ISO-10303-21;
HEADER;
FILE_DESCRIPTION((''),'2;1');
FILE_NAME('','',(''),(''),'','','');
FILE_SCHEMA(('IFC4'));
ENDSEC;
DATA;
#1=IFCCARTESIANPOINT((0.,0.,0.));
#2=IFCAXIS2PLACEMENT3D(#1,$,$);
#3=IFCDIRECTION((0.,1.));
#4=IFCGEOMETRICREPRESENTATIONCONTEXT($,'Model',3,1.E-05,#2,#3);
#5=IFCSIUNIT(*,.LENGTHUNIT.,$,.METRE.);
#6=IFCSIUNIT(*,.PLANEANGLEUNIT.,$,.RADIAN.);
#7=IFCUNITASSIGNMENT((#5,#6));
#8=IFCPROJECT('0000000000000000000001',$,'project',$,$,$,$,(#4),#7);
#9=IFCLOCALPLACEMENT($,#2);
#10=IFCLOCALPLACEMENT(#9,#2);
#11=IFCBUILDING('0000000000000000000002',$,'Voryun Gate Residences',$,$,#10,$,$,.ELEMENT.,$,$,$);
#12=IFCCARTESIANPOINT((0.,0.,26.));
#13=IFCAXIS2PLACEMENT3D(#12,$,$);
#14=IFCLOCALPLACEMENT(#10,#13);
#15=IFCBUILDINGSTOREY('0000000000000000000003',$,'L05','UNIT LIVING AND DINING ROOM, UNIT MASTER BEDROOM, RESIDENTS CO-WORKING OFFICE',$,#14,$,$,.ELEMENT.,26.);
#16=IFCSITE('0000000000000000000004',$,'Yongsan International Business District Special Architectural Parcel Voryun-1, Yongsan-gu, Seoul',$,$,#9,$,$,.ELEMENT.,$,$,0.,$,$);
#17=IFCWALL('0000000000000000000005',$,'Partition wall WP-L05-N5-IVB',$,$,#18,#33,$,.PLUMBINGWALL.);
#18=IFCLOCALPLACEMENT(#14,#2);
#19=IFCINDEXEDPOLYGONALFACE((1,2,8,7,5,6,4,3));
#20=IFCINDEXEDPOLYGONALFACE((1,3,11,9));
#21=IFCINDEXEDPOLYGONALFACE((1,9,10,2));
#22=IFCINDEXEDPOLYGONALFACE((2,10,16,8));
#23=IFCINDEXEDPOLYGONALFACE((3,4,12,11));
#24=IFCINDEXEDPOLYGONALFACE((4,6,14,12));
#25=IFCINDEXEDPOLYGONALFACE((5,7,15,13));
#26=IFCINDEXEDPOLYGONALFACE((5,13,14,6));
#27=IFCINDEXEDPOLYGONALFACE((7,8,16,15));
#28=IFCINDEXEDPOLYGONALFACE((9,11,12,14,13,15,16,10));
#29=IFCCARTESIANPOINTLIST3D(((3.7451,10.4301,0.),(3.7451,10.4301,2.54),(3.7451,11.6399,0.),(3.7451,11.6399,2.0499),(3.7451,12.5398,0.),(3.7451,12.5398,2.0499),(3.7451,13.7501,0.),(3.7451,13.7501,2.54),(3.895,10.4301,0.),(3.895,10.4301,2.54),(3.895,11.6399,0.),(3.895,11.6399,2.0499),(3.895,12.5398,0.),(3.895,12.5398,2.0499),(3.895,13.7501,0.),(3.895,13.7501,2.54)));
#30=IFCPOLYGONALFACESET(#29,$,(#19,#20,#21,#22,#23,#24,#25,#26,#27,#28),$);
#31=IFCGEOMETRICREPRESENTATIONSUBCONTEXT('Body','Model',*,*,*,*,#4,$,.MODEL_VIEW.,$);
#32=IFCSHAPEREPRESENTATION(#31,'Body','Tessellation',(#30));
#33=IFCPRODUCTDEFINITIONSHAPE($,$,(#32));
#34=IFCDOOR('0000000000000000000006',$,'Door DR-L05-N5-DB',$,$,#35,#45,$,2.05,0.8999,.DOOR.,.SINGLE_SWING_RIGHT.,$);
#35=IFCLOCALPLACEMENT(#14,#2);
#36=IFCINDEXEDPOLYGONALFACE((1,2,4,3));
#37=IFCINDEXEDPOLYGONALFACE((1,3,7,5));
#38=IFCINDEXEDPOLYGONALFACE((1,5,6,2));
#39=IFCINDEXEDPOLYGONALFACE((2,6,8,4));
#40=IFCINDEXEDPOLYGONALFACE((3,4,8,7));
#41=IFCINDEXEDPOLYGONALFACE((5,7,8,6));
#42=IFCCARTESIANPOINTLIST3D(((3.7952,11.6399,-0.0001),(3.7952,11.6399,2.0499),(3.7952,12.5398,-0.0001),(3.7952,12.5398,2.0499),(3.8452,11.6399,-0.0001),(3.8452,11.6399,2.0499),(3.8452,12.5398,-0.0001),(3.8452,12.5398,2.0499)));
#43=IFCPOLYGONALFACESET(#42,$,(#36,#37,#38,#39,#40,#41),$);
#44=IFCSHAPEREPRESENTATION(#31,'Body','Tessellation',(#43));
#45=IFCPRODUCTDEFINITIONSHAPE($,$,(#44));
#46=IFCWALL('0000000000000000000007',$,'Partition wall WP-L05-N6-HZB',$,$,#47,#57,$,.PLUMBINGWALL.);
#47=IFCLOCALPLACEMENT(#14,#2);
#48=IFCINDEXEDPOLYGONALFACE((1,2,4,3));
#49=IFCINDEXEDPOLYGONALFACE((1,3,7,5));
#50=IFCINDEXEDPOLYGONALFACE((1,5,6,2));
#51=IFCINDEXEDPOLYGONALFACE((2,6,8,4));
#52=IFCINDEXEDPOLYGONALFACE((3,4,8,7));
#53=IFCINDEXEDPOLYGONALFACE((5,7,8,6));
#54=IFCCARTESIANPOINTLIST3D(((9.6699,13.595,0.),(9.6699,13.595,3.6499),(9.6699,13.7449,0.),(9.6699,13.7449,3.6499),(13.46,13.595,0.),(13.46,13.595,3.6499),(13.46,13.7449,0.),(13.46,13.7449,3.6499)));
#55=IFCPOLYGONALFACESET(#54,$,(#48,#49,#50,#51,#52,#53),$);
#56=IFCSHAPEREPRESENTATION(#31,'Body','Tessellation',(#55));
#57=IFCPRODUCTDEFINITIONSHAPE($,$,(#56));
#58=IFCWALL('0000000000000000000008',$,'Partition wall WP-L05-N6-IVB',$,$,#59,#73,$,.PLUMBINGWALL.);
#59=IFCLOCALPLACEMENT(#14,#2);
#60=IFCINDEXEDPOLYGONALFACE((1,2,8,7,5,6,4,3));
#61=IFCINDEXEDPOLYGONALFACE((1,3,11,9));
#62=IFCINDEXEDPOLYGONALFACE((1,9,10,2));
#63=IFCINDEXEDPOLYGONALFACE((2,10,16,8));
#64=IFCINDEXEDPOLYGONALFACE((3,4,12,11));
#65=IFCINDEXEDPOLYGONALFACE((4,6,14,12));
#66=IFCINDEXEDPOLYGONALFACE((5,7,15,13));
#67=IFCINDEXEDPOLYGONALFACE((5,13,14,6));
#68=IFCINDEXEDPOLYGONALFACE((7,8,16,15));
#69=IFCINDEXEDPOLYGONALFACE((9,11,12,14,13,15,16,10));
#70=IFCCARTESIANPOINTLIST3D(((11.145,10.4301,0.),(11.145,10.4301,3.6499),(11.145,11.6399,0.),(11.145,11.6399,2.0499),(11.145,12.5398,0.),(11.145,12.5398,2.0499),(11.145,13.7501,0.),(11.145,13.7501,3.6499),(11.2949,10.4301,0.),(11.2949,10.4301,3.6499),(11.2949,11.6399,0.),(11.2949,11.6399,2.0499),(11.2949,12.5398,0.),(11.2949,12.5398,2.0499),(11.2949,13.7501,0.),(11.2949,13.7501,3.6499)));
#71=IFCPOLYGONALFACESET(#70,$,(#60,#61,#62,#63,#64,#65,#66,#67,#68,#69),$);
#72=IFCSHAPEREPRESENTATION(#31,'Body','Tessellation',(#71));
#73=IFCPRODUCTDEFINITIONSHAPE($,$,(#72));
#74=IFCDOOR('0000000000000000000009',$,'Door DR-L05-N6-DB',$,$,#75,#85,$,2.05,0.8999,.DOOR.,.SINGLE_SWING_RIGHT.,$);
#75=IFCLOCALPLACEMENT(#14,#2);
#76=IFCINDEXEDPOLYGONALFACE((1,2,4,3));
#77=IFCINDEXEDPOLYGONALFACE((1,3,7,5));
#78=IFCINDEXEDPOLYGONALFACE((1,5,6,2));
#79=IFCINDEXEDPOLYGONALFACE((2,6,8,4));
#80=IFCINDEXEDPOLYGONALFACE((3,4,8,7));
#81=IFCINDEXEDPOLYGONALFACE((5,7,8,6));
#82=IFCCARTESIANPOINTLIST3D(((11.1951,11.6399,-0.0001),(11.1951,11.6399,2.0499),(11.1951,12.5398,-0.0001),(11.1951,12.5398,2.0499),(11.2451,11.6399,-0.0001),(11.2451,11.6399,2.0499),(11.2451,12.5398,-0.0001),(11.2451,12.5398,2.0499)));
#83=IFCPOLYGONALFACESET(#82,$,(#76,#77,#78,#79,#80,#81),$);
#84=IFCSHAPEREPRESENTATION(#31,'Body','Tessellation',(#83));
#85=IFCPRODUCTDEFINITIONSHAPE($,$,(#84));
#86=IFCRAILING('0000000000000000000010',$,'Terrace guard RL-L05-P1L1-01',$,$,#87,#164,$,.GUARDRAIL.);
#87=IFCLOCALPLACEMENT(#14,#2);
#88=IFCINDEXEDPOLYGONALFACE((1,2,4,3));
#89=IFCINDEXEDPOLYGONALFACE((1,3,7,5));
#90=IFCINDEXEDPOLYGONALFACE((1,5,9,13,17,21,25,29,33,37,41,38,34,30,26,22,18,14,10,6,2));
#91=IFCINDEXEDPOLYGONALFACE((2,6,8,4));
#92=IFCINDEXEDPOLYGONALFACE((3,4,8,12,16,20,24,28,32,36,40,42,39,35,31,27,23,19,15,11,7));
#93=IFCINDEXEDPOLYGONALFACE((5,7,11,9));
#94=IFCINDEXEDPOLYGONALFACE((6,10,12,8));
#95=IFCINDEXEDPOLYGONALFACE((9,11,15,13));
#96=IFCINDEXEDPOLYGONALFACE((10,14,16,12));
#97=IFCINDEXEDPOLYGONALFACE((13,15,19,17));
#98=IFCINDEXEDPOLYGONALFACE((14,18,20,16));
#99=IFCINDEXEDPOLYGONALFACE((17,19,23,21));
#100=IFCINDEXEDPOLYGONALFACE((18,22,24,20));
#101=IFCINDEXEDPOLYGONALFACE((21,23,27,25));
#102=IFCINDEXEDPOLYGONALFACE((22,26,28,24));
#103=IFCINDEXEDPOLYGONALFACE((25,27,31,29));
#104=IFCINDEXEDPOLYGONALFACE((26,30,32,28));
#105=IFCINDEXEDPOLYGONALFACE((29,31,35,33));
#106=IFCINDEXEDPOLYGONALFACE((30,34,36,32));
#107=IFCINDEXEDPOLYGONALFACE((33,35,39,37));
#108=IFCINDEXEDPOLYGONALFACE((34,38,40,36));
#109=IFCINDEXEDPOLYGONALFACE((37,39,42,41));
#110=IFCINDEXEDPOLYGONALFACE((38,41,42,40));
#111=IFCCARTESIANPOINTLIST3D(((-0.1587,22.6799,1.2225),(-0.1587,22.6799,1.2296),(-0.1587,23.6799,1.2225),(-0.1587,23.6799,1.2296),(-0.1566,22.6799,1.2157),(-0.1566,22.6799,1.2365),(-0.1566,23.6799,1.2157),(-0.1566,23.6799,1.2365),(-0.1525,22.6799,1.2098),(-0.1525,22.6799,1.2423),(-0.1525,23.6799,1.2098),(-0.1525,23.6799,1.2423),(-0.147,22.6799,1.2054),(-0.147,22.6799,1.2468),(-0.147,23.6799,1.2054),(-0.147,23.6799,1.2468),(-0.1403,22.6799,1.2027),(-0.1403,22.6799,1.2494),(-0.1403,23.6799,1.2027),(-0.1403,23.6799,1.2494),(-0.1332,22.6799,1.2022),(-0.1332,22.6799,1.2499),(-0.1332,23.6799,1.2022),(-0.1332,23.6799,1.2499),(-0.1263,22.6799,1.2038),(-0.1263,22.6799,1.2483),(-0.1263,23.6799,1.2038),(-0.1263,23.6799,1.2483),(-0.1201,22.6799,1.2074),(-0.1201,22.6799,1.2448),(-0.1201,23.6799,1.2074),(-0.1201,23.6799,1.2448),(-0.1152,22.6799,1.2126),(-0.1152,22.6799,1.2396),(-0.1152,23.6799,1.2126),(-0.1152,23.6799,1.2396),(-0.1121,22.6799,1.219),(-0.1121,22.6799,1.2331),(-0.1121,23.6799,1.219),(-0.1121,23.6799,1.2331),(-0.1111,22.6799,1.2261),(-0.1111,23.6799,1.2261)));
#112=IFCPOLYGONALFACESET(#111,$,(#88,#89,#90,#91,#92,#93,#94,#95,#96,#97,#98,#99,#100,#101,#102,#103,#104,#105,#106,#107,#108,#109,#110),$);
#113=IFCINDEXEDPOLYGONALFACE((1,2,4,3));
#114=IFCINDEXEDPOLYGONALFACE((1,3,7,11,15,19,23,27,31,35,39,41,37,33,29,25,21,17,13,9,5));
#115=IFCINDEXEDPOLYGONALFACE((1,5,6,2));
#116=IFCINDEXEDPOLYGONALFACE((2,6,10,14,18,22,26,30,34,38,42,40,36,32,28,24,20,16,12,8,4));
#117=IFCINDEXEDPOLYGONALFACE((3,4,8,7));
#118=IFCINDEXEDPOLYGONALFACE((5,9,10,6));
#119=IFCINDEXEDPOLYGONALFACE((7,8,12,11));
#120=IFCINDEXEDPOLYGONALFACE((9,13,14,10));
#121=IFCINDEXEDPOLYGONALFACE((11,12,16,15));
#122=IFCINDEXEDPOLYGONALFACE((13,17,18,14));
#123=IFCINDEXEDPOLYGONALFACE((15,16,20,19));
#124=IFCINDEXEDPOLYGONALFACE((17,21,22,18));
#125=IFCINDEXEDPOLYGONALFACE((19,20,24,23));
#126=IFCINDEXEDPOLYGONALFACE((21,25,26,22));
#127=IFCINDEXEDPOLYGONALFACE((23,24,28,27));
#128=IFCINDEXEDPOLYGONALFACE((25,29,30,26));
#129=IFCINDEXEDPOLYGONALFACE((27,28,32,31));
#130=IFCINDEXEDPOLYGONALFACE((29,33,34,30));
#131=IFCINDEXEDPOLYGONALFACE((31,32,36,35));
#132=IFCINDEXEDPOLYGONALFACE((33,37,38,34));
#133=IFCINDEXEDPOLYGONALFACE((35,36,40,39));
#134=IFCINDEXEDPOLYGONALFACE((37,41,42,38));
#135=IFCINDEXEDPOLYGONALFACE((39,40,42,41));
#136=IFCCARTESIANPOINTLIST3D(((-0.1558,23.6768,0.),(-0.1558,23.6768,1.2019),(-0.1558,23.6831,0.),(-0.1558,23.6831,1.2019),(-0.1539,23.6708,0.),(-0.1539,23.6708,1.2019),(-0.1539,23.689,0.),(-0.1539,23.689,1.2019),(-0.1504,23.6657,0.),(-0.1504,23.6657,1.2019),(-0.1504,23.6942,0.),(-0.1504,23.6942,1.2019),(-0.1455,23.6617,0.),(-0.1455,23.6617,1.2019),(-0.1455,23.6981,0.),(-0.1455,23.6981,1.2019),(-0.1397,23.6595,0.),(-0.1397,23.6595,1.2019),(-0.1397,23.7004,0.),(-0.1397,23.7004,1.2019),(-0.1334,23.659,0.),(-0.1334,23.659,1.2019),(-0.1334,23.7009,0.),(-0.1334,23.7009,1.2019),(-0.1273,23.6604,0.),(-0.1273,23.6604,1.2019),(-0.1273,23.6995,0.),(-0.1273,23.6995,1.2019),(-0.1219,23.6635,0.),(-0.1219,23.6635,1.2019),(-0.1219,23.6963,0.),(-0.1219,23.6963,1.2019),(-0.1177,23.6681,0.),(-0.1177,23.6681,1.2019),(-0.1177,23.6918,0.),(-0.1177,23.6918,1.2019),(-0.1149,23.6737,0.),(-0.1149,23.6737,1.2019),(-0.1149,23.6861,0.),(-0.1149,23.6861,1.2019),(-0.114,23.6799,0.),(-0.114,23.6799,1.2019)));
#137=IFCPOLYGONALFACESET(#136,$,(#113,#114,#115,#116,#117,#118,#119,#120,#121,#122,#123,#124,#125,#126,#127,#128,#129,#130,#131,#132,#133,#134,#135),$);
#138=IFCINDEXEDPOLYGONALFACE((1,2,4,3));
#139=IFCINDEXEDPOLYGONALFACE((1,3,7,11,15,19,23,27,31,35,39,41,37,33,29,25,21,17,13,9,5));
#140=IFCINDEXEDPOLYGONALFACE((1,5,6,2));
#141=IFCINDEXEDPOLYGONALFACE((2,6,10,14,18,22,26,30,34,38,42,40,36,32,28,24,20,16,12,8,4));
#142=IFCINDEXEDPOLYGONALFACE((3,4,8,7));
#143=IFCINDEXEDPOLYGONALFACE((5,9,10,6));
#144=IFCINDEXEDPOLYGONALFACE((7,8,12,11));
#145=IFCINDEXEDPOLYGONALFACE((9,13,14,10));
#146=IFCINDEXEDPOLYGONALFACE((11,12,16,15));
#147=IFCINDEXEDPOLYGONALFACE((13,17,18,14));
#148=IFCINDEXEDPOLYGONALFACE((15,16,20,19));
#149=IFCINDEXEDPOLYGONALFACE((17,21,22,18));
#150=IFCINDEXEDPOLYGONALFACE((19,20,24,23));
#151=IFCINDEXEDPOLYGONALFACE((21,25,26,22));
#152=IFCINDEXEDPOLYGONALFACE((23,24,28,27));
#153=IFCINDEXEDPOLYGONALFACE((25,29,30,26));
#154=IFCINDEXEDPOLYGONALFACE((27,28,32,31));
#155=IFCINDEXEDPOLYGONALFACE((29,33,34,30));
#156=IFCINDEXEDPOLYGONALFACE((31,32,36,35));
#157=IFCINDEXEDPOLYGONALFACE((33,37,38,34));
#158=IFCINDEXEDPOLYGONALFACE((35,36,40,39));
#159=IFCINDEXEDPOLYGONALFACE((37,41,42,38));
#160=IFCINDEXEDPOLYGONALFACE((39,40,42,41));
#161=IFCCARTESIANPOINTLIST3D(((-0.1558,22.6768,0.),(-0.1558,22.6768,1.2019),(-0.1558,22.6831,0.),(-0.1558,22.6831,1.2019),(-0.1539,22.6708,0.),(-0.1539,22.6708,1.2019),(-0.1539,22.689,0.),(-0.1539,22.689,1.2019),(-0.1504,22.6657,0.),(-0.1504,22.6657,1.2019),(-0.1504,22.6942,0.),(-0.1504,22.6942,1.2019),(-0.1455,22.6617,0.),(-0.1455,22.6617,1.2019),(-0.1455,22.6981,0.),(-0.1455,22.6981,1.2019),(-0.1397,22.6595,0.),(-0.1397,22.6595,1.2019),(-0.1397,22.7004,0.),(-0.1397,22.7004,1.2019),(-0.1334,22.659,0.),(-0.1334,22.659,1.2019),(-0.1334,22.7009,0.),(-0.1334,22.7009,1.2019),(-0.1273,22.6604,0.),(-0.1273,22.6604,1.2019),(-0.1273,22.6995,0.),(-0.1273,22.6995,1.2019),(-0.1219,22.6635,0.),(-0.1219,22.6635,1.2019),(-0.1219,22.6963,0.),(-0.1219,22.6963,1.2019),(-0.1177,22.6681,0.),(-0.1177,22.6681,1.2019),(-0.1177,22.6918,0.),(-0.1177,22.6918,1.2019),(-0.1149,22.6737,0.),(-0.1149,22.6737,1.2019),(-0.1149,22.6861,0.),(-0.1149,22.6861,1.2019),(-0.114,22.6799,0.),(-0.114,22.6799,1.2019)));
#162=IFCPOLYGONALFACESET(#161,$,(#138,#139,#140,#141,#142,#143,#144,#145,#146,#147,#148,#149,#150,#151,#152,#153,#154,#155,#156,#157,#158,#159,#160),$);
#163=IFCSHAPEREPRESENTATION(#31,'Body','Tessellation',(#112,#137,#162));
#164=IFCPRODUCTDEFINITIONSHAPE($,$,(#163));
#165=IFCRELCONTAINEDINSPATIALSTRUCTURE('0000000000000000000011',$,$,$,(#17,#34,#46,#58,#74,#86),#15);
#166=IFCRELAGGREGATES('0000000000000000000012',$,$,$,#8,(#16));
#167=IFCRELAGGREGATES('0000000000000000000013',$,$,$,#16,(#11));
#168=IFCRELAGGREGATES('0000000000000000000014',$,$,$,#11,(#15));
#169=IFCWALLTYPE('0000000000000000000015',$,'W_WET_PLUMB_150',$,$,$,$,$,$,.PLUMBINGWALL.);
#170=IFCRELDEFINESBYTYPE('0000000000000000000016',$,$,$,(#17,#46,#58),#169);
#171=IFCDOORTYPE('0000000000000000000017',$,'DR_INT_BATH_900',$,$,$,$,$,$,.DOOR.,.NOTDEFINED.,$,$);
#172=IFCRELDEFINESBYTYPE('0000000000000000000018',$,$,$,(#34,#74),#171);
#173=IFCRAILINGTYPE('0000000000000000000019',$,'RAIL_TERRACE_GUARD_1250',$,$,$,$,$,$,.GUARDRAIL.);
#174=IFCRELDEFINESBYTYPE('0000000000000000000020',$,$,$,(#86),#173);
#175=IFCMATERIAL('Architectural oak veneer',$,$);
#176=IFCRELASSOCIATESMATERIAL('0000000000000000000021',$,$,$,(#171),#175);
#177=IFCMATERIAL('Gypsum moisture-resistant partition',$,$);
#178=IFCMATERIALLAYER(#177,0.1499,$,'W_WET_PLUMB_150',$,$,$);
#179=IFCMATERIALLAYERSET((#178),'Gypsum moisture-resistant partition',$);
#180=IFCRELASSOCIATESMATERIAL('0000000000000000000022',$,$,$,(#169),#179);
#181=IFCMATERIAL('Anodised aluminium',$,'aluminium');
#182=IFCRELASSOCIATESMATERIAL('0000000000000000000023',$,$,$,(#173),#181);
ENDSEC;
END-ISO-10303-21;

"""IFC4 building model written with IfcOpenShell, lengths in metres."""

from ifc_helpers import new_model, si_unit, direction, frame, frame_2d, origin, origin_2d, place, context, subcontext, project, spatial, rectangle, circle, extrude, material, layer, layer_set, type_object, element, fill, save


model = new_model("IFC4")

# Units and contexts
model_context = context("Model", 3, precision=1e-05, world=origin(), true_north=direction((0.0, 1.0)))
body_context = subcontext(model_context, "Body", "Model", "MODEL_VIEW")
ifc_project = project(units=[si_unit("LENGTHUNIT", "METRE"), si_unit("PLANEANGLEUNIT", "RADIAN")], contexts=[model_context])

# Site, building, storey
site_placement = place(None, origin())
site = spatial("IfcSite", under=ifc_project, at=site_placement, Name="Yongsan International Business District Special Architectural Parcel Voryun-1, Yongsan-gu, Seoul", CompositionType="ELEMENT", RefElevation=0.0)
building_placement = place(site_placement, origin())
building = spatial("IfcBuilding", under=site, at=building_placement, Name="Voryun Gate Residences", CompositionType="ELEMENT")
storey_placement = place(building_placement, frame((0.0, 0.0, 26.0)))
storey = spatial("IfcBuildingStorey", under=building, at=storey_placement, Name="L05", Description="UNIT LIVING AND DINING ROOM, UNIT MASTER BEDROOM, RESIDENTS CO-WORKING OFFICE", CompositionType="ELEMENT", Elevation=26.0)

# Shared definitions
ifc_material_1 = material(Name="Architectural oak veneer")
door_type_1 = type_object("IfcDoorType", Name="DR_INT_BATH_900", OperationType="NOTDEFINED", PredefinedType="DOOR", material=ifc_material_1)

# Shared definitions
ifc_material_2 = material(Name="Gypsum moisture-resistant partition")
ifc_layer_1 = layer(ifc_material_2, 0.1499, Name="W_WET_PLUMB_150")
ifc_layer_set_1 = layer_set([ifc_layer_1], Name="Gypsum moisture-resistant partition")
wall_type_1 = type_object("IfcWallType", Name="W_WET_PLUMB_150", PredefinedType="PLUMBINGWALL", material=ifc_layer_set_1)

# Wall, opening, door
wall_1_placement = place(storey_placement, frame((3.8201, 10.4299, 0.0), z_axis=(0.0, 0.0, 1.0), x_axis=(0.0, 1.0, 0.0)))
wall_1 = element("IfcWall", 1, at=wall_1_placement, inside=storey, type_object=wall_type_1, Name="Partition wall WP-L05-N5-IVB", PredefinedType="PLUMBINGWALL", context=body_context, shape_type="SweptSolid", body=[
    extrude(rectangle(XDim=3.3201, YDim=0.1499, at=frame_2d((1.6602, 0.0))), origin(), (0.0, 0.0, 1.0), 2.54),
])
opening_1_placement = place(wall_1_placement, frame((1.21, 0.0, 0.0)))
opening_1 = element("IfcOpeningElement", 2, at=opening_1_placement, cuts=wall_1, PredefinedType="OPENING", context=body_context, shape_type="SweptSolid", body=[
    extrude(rectangle(XDim=0.8999, YDim=2.05, at=frame_2d((0.45, 1.0249))), frame((0.0, 0.085, 0.0), z_axis=(0.0, -1.0, 0.0), x_axis=(1.0, 0.0, 0.0)), (0.0, 0.0, 1.0), 0.1699),
])
door_1_placement = place(opening_1_placement, origin())
door_1 = element("IfcDoor", 3, at=door_1_placement, inside=storey, type_object=door_type_1, Name="Door DR-L05-N5-DB", OperationType="SINGLE_SWING_RIGHT", OverallHeight=2.05, OverallWidth=0.8999, PredefinedType="DOOR", context=body_context, shape_type="SweptSolid", body=[
    extrude(rectangle(XDim=0.8999, YDim=2.05, at=frame_2d((0.45, 1.0249))), frame((0.0, 0.0249, 0.0), z_axis=(0.0, -1.0, 0.0), x_axis=(1.0, 0.0, 0.0)), (0.0, 0.0, 1.0), 0.05),
])
fill(opening_1, door_1)

# Wall
wall_2_placement = place(storey_placement, frame((9.6699, 13.6699, 0.0), z_axis=(0.0, 0.0, 1.0), x_axis=(1.0, 0.0, 0.0)))
element("IfcWall", 4, at=wall_2_placement, inside=storey, type_object=wall_type_1, Name="Partition wall WP-L05-N6-HZB", PredefinedType="PLUMBINGWALL", context=body_context, shape_type="SweptSolid", body=[
    extrude(rectangle(XDim=3.79, YDim=0.1499, at=frame_2d((1.895, 0.0))), origin(), (0.0, 0.0, 1.0), 3.6499),
])

# Wall, opening, door
wall_3_placement = place(storey_placement, frame((11.22, 10.4299, 0.0), z_axis=(0.0, 0.0, 1.0), x_axis=(0.0, 1.0, 0.0)))
wall_3 = element("IfcWall", 5, at=wall_3_placement, inside=storey, type_object=wall_type_1, Name="Partition wall WP-L05-N6-IVB", PredefinedType="PLUMBINGWALL", context=body_context, shape_type="SweptSolid", body=[
    extrude(rectangle(XDim=3.3201, YDim=0.1499, at=frame_2d((1.6602, 0.0))), origin(), (0.0, 0.0, 1.0), 3.6499),
])
opening_2_placement = place(wall_3_placement, frame((1.21, 0.0, 0.0)))
opening_2 = element("IfcOpeningElement", 6, at=opening_2_placement, cuts=wall_3, PredefinedType="OPENING", context=body_context, shape_type="SweptSolid", body=[
    extrude(rectangle(XDim=0.8999, YDim=2.05, at=frame_2d((0.45, 1.0249))), frame((0.0, 0.085, 0.0), z_axis=(0.0, -1.0, 0.0), x_axis=(1.0, 0.0, 0.0)), (0.0, 0.0, 1.0), 0.1699),
])
door_2_placement = place(opening_2_placement, origin())
door_2 = element("IfcDoor", 7, at=door_2_placement, inside=storey, type_object=door_type_1, Name="Door DR-L05-N6-DB", OperationType="SINGLE_SWING_RIGHT", OverallHeight=2.05, OverallWidth=0.8999, PredefinedType="DOOR", context=body_context, shape_type="SweptSolid", body=[
    extrude(rectangle(XDim=0.8999, YDim=2.05, at=frame_2d((0.45, 1.0249))), frame((0.0, 0.0249, 0.0), z_axis=(0.0, -1.0, 0.0), x_axis=(1.0, 0.0, 0.0)), (0.0, 0.0, 1.0), 0.05),
])
fill(opening_2, door_2)

# Railing
ifc_material_3 = material(Name="Anodised aluminium", Category="aluminium")
railing_type = type_object("IfcRailingType", Name="RAIL_TERRACE_GUARD_1250", PredefinedType="GUARDRAIL", material=ifc_material_3)
railing_1_placement = place(storey_placement, frame((-0.135, 23.6799, 0.0)))
element("IfcRailing", 8, at=railing_1_placement, inside=storey, type_object=railing_type, Name="Terrace guard RL-L05-P1L1-01", PredefinedType="GUARDRAIL", context=body_context, shape_type="SweptSolid", body=[
    extrude(circle(Radius=0.0239, at=origin_2d()), frame((0.0, 0.0, 1.2261), z_axis=(0.0, -1.0, 0.0), x_axis=(1.0, 0.0, 0.0)), (0.0, 0.0, 1.0), 1.0),
    extrude(circle(Radius=0.021, at=origin_2d()), origin(), (0.0, 0.0, 1.0), 1.2019),
    extrude(circle(Radius=0.021, at=origin_2d()), frame((0.0, -1.0, 0.0)), (0.0, 0.0, 1.0), 1.2019),
])

save(model, "model.ifc")
